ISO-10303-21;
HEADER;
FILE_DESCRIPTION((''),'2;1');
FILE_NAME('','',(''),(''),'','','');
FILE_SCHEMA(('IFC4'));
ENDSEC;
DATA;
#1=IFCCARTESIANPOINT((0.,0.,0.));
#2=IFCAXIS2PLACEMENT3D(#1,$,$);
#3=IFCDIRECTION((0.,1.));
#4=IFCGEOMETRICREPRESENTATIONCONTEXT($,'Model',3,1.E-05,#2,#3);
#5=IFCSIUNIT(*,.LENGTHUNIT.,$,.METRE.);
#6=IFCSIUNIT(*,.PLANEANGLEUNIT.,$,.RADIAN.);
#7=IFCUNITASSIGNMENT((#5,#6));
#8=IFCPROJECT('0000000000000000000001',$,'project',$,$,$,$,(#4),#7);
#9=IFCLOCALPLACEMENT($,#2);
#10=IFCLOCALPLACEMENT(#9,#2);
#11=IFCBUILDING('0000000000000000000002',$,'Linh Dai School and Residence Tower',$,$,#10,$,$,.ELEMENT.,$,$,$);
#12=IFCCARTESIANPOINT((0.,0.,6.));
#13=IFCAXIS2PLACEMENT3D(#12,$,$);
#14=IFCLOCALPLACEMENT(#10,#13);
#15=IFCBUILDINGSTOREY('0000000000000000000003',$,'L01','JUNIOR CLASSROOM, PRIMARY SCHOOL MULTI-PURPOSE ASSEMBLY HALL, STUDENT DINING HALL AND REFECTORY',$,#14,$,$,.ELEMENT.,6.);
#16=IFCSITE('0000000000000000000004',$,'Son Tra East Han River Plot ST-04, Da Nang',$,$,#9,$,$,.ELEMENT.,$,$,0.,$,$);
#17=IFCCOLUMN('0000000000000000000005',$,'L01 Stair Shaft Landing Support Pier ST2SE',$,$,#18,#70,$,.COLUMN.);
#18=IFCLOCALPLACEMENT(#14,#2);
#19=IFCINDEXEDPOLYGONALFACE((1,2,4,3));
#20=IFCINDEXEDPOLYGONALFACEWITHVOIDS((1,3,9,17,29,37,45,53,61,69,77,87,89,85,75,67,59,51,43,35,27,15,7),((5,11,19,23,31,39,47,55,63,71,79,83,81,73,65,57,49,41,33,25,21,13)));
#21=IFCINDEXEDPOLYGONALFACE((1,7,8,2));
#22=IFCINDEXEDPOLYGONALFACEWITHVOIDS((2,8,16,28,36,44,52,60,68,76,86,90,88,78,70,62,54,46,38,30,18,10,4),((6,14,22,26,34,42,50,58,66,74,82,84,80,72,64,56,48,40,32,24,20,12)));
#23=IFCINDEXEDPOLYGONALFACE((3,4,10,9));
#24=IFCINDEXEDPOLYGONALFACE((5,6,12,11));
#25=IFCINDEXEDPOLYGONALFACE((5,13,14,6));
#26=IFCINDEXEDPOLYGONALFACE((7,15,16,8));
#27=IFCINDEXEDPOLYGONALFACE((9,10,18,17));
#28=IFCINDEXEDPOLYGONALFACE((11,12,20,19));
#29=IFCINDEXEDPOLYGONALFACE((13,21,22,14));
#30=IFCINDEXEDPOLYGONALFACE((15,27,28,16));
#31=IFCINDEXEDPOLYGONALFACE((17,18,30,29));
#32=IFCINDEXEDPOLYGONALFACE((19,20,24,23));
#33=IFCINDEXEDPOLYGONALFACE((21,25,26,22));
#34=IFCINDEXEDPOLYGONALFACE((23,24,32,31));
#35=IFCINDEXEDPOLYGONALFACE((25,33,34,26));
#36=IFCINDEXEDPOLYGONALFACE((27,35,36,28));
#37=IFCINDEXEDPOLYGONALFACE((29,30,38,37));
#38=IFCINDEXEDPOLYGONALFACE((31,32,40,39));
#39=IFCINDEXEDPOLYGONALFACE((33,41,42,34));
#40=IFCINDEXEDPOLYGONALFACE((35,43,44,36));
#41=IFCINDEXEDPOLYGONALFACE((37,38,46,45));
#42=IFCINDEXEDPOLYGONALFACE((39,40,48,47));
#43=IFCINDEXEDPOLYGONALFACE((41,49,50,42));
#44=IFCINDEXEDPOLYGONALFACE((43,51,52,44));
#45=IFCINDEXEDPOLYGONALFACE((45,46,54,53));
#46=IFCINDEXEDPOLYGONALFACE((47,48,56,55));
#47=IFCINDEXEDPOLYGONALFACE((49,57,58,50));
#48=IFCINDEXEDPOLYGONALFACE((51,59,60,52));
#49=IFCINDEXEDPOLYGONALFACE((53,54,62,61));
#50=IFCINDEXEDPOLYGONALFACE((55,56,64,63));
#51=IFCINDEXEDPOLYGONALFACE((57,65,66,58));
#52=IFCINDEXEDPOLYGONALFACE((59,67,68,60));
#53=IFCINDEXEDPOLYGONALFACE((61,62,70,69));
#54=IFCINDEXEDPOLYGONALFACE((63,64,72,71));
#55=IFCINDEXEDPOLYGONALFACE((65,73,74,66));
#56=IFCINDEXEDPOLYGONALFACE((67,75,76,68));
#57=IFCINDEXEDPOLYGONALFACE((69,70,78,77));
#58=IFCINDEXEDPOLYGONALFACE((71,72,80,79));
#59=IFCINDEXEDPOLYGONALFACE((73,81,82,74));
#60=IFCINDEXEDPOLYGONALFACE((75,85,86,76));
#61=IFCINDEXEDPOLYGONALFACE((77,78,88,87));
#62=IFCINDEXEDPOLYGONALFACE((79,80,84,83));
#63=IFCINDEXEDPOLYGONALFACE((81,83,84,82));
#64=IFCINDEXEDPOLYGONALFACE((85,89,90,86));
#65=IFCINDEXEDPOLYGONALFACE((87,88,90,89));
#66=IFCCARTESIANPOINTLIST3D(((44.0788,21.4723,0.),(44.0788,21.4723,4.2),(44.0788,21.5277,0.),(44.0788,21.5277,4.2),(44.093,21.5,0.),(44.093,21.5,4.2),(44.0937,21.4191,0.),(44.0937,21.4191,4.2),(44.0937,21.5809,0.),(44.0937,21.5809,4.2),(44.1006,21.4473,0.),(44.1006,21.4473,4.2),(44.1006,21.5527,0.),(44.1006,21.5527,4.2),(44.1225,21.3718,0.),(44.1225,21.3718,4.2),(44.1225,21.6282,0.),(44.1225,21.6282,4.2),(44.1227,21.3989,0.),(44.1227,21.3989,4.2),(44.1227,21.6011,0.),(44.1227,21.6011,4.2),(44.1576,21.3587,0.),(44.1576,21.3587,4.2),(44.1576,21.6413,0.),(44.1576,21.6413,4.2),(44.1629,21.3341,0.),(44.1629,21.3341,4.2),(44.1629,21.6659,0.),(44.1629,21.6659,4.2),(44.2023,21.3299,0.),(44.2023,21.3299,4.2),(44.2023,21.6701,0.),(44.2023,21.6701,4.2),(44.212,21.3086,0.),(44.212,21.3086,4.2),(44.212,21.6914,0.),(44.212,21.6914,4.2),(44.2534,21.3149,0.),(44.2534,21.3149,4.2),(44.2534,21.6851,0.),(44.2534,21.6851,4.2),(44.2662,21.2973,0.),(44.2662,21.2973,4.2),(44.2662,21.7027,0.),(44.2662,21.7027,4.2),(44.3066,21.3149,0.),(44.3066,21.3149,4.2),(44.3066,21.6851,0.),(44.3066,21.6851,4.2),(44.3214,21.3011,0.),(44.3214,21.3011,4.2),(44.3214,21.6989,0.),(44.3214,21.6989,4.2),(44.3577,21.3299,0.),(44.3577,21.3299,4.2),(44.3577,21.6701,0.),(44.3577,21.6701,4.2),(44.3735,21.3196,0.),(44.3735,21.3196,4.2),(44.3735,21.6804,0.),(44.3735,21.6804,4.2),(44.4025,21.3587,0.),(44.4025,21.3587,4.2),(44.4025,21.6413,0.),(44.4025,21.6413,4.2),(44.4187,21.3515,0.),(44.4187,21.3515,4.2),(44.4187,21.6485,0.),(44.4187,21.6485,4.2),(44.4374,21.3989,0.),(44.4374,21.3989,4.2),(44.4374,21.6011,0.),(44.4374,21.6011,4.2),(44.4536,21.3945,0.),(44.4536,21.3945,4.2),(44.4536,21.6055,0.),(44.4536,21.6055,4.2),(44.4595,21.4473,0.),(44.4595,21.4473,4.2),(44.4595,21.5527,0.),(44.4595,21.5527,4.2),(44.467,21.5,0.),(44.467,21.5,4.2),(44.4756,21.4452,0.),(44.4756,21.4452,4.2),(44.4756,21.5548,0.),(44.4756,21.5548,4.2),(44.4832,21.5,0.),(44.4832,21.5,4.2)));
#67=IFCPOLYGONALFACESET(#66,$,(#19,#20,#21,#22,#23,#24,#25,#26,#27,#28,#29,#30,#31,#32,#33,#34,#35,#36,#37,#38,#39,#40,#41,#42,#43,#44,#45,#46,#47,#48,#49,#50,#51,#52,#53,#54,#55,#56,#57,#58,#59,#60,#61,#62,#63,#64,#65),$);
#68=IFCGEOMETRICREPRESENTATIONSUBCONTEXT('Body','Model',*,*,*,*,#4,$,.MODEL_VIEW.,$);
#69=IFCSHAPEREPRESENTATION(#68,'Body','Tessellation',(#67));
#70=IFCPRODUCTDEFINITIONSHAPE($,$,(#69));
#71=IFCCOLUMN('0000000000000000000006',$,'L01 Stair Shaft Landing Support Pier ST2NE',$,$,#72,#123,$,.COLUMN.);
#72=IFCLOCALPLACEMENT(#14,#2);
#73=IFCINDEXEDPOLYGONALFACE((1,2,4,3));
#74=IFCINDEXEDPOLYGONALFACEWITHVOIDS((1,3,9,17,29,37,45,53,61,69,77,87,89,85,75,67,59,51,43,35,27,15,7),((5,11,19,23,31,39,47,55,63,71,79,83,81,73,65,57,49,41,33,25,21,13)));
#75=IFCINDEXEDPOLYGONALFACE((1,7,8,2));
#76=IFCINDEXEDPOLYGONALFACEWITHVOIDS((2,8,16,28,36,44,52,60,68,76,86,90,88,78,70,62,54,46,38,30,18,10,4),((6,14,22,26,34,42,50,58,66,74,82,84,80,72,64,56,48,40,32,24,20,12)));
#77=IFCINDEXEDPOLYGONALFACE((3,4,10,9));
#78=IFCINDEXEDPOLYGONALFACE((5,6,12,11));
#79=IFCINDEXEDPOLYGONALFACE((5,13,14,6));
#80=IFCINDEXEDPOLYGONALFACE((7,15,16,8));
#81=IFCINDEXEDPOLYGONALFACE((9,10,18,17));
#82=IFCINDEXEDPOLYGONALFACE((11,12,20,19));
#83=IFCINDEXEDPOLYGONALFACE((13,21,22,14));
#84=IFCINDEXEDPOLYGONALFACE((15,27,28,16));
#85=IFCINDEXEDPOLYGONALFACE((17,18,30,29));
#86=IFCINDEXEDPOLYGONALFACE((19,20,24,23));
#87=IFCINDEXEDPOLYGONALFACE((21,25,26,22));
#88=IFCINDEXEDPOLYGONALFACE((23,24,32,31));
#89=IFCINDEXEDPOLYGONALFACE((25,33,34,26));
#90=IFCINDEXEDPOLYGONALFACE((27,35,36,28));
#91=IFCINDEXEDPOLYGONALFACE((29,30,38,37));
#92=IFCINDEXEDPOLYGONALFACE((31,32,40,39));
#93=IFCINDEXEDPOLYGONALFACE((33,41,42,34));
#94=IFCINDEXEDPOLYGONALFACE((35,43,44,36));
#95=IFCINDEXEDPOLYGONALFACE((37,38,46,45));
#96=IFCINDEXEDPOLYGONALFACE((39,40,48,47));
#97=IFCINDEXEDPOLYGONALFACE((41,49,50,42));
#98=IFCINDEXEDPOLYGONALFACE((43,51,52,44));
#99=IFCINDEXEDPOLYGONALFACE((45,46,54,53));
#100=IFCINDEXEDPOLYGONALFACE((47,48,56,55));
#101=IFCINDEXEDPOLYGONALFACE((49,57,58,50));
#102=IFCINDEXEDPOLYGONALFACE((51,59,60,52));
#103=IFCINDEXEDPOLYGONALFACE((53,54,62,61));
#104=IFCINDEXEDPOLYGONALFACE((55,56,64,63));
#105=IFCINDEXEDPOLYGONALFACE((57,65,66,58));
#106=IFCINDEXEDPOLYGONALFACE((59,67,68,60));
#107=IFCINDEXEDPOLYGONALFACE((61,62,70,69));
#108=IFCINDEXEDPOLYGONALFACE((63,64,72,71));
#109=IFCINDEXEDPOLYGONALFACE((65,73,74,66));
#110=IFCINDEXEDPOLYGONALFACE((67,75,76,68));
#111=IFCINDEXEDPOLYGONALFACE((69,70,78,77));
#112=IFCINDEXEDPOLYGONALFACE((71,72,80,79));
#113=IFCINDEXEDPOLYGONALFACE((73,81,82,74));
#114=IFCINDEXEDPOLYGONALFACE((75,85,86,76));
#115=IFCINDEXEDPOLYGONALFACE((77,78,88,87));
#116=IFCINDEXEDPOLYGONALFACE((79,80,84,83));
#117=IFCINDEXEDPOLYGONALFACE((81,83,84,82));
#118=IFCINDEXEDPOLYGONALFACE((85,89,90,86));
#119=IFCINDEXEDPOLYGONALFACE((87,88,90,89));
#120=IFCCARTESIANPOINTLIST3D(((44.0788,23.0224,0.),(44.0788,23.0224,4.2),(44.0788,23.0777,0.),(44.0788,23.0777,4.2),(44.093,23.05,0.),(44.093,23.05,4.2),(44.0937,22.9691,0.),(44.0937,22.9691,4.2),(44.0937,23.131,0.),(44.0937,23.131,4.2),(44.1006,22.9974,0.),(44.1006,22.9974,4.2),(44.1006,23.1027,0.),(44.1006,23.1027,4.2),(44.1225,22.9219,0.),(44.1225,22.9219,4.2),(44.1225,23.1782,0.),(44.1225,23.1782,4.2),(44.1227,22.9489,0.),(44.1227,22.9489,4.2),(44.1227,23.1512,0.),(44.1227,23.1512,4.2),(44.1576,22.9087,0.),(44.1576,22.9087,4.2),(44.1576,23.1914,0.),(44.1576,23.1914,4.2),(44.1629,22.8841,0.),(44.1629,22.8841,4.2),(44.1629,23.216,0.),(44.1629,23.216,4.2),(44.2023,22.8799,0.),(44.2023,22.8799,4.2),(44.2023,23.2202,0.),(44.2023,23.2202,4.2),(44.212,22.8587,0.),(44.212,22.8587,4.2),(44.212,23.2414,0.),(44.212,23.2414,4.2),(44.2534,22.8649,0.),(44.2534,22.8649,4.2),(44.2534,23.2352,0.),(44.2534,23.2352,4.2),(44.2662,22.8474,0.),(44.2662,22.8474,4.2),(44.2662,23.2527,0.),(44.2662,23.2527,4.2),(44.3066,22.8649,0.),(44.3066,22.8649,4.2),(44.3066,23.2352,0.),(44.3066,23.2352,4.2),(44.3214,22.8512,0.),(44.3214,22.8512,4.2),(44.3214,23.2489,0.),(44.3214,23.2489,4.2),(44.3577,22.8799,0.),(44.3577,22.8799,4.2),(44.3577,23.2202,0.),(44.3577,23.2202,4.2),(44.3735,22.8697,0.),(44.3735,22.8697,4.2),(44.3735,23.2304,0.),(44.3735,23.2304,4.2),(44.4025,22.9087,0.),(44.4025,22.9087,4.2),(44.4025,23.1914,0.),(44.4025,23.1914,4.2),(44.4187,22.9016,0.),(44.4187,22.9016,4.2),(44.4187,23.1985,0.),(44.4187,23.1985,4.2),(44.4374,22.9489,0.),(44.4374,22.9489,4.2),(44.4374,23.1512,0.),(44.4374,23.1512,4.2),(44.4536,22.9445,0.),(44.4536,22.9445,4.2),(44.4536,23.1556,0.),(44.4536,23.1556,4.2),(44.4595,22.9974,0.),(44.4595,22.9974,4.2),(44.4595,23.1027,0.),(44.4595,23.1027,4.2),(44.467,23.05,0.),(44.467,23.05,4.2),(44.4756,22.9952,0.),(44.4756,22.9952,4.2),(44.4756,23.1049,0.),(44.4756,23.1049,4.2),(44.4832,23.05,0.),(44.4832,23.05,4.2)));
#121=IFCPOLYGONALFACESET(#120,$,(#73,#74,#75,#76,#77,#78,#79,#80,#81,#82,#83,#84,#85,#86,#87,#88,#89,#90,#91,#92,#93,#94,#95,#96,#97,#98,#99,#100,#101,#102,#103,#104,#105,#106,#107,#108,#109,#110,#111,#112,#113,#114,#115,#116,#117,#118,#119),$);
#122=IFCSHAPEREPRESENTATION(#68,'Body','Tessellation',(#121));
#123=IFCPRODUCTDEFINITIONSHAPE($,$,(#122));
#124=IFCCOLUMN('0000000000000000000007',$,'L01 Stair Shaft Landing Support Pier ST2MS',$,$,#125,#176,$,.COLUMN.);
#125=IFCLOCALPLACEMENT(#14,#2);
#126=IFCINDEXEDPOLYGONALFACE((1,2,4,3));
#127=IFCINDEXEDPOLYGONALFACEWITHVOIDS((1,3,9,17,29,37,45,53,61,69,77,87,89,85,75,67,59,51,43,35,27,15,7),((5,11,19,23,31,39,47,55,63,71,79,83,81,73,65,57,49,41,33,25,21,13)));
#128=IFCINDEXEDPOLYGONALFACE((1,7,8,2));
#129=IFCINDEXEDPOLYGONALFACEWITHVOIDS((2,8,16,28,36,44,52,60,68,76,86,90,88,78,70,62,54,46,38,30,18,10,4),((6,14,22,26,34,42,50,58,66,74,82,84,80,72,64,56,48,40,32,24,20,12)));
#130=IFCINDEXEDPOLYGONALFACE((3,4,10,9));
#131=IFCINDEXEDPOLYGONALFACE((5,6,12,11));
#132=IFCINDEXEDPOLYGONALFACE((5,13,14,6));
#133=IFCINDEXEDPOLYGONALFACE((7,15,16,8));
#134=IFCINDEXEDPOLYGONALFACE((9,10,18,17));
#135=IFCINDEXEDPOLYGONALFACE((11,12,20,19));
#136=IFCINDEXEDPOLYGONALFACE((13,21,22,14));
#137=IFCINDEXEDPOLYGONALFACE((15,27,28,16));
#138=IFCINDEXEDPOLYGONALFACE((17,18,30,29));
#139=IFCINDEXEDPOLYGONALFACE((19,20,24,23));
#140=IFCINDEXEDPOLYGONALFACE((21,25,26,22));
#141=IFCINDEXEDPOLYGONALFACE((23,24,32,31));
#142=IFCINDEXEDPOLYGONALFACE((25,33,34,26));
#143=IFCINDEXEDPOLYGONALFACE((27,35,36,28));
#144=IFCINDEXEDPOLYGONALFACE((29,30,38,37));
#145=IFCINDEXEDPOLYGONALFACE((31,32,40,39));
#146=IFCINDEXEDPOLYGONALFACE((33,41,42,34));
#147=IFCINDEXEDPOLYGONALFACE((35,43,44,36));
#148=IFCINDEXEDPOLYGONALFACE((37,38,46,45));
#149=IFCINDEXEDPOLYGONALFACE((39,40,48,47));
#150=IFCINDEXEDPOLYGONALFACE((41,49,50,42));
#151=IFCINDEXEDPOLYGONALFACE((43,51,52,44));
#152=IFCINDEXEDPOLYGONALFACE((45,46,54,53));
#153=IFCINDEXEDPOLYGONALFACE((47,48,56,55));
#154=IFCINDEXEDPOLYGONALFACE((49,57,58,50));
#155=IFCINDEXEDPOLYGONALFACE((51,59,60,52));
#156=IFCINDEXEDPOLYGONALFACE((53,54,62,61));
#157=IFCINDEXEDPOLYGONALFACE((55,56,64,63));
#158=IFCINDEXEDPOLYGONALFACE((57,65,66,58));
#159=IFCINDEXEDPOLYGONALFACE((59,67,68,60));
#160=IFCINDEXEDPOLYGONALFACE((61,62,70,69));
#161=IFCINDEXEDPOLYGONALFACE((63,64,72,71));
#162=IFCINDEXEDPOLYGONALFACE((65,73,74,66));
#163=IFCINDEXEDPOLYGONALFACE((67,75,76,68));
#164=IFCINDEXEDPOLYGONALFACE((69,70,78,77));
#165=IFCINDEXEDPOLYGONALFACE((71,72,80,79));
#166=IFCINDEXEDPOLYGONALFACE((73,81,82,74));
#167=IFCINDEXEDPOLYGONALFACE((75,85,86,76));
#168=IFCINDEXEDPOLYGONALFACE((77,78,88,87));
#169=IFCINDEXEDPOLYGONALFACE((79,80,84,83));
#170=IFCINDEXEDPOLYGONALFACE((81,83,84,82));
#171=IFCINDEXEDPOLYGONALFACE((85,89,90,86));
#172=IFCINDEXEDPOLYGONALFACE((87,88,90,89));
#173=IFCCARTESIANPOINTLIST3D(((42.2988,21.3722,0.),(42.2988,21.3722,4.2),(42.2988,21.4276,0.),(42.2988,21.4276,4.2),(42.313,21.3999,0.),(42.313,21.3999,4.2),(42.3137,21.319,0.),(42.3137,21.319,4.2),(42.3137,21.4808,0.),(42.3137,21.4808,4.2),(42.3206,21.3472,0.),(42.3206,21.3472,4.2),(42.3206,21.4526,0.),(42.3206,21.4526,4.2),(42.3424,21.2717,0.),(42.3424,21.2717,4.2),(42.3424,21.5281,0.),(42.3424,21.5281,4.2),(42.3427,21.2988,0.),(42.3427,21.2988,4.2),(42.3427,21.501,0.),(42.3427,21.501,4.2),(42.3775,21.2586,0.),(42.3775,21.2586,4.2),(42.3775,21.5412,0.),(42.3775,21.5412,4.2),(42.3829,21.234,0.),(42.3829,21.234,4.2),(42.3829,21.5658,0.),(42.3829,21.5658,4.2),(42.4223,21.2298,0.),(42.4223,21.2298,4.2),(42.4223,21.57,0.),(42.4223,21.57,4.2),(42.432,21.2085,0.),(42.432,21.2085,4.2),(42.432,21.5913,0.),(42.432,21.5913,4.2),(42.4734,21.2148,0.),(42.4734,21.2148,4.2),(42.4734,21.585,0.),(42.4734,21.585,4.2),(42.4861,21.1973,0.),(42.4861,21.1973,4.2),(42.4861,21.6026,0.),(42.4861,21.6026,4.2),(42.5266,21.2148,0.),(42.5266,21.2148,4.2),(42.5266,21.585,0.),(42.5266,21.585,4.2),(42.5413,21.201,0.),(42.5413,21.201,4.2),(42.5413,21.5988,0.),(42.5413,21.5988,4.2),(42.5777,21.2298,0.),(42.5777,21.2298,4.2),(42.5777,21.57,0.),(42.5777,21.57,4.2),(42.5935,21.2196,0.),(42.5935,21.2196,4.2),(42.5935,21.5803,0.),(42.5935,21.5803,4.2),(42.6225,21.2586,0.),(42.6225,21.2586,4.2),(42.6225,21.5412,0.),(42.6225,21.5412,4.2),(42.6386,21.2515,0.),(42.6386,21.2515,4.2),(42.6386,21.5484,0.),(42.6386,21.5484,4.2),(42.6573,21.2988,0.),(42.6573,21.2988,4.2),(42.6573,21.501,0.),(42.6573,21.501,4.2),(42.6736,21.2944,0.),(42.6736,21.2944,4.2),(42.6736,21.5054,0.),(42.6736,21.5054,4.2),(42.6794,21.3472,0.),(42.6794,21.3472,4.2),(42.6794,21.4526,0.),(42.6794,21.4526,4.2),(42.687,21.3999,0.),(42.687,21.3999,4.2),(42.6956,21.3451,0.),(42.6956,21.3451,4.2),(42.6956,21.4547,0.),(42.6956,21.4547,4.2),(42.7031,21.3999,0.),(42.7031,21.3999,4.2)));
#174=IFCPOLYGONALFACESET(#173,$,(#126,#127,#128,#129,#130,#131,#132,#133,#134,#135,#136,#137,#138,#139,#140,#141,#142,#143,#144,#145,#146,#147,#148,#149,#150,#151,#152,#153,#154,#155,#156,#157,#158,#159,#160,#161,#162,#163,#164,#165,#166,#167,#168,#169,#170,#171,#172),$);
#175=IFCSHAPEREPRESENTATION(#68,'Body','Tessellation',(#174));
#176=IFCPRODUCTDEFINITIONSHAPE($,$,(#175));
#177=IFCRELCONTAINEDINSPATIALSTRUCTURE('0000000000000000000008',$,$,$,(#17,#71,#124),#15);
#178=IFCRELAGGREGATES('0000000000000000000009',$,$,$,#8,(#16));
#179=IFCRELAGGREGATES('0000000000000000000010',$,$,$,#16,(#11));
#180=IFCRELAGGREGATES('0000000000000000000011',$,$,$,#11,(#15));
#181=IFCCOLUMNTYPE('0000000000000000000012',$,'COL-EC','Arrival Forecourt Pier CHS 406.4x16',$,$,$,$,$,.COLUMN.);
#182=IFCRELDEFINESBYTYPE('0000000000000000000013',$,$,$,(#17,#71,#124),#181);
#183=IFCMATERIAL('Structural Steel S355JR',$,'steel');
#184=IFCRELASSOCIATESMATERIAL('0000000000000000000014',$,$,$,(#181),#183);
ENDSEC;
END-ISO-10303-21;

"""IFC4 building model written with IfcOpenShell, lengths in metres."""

from ifc_helpers import new_model, si_unit, direction, frame, origin, origin_2d, place, context, subcontext, project, spatial, hollow_circle, extrude, material, material_profile, profile_set, type_object, element, save


model = new_model("IFC4")

# Units and contexts
model_context = context("Model", 3, precision=1e-05, world=origin(), true_north=direction((0.0, 1.0)))
body_context = subcontext(model_context, "Body", "Model", "MODEL_VIEW")
ifc_project = project(units=[si_unit("LENGTHUNIT", "METRE"), si_unit("PLANEANGLEUNIT", "RADIAN")], contexts=[model_context])

# Site, building, storey
site_placement = place(None, origin())
site = spatial("IfcSite", under=ifc_project, at=site_placement, Name="Son Tra East Han River Plot ST-04, Da Nang", CompositionType="ELEMENT", RefElevation=0.0)
building_placement = place(site_placement, origin())
building = spatial("IfcBuilding", under=site, at=building_placement, Name="Linh Dai School and Residence Tower", CompositionType="ELEMENT")
storey_placement = place(building_placement, frame((0.0, 0.0, 6.0)))
storey = spatial("IfcBuildingStorey", under=building, at=storey_placement, Name="L01", Description="JUNIOR CLASSROOM, PRIMARY SCHOOL MULTI-PURPOSE ASSEMBLY HALL, STUDENT DINING HALL AND REFECTORY", CompositionType="ELEMENT", Elevation=6.0)

# Columns
ifc_material_1 = material(Name="Structural Steel S355JR", Category="steel")
ifc_material_profile_1 = material_profile(ifc_material_1, hollow_circle(Radius=0.2031, WallThickness=0.0161, at=origin_2d()), Name="CHS 406.4x16")
ifc_profile_set_1 = profile_set([ifc_material_profile_1], Name="Structural Steel S355JR")
column_type_1 = type_object("IfcColumnType", Name="COL-EC", Description="Arrival Forecourt Pier CHS 406.4x16", PredefinedType="COLUMN", material=ifc_profile_set_1)
for number, where, z_axis, x_axis, name in (
    (1, (44.28, 21.5, 0.0), (0.0, 0.0, 1.0), (1.0, 0.0, 0.0), "L01 Stair Shaft Landing Support Pier ST2SE"),
    (2, (44.28, 23.05, 0.0), (0.0, 0.0, 1.0), (1.0, 0.0, 0.0), "L01 Stair Shaft Landing Support Pier ST2NE"),
    (3, (42.5, 21.3999, 0.0), (0.0, 0.0, 1.0), (1.0, 0.0, 0.0), "L01 Stair Shaft Landing Support Pier ST2MS"),
):
    element("IfcColumn", number, at=place(storey_placement, frame(where, z_axis=z_axis, x_axis=x_axis)), inside=storey, type_object=column_type_1, Name=name, PredefinedType="COLUMN", context=body_context, shape_type="SweptSolid", body=[
        extrude(hollow_circle(Radius=0.2031, WallThickness=0.0161, at=origin_2d()), origin(), (0.0, 0.0, 1.0), 4.2),
    ])

save(model, "model.ifc")
